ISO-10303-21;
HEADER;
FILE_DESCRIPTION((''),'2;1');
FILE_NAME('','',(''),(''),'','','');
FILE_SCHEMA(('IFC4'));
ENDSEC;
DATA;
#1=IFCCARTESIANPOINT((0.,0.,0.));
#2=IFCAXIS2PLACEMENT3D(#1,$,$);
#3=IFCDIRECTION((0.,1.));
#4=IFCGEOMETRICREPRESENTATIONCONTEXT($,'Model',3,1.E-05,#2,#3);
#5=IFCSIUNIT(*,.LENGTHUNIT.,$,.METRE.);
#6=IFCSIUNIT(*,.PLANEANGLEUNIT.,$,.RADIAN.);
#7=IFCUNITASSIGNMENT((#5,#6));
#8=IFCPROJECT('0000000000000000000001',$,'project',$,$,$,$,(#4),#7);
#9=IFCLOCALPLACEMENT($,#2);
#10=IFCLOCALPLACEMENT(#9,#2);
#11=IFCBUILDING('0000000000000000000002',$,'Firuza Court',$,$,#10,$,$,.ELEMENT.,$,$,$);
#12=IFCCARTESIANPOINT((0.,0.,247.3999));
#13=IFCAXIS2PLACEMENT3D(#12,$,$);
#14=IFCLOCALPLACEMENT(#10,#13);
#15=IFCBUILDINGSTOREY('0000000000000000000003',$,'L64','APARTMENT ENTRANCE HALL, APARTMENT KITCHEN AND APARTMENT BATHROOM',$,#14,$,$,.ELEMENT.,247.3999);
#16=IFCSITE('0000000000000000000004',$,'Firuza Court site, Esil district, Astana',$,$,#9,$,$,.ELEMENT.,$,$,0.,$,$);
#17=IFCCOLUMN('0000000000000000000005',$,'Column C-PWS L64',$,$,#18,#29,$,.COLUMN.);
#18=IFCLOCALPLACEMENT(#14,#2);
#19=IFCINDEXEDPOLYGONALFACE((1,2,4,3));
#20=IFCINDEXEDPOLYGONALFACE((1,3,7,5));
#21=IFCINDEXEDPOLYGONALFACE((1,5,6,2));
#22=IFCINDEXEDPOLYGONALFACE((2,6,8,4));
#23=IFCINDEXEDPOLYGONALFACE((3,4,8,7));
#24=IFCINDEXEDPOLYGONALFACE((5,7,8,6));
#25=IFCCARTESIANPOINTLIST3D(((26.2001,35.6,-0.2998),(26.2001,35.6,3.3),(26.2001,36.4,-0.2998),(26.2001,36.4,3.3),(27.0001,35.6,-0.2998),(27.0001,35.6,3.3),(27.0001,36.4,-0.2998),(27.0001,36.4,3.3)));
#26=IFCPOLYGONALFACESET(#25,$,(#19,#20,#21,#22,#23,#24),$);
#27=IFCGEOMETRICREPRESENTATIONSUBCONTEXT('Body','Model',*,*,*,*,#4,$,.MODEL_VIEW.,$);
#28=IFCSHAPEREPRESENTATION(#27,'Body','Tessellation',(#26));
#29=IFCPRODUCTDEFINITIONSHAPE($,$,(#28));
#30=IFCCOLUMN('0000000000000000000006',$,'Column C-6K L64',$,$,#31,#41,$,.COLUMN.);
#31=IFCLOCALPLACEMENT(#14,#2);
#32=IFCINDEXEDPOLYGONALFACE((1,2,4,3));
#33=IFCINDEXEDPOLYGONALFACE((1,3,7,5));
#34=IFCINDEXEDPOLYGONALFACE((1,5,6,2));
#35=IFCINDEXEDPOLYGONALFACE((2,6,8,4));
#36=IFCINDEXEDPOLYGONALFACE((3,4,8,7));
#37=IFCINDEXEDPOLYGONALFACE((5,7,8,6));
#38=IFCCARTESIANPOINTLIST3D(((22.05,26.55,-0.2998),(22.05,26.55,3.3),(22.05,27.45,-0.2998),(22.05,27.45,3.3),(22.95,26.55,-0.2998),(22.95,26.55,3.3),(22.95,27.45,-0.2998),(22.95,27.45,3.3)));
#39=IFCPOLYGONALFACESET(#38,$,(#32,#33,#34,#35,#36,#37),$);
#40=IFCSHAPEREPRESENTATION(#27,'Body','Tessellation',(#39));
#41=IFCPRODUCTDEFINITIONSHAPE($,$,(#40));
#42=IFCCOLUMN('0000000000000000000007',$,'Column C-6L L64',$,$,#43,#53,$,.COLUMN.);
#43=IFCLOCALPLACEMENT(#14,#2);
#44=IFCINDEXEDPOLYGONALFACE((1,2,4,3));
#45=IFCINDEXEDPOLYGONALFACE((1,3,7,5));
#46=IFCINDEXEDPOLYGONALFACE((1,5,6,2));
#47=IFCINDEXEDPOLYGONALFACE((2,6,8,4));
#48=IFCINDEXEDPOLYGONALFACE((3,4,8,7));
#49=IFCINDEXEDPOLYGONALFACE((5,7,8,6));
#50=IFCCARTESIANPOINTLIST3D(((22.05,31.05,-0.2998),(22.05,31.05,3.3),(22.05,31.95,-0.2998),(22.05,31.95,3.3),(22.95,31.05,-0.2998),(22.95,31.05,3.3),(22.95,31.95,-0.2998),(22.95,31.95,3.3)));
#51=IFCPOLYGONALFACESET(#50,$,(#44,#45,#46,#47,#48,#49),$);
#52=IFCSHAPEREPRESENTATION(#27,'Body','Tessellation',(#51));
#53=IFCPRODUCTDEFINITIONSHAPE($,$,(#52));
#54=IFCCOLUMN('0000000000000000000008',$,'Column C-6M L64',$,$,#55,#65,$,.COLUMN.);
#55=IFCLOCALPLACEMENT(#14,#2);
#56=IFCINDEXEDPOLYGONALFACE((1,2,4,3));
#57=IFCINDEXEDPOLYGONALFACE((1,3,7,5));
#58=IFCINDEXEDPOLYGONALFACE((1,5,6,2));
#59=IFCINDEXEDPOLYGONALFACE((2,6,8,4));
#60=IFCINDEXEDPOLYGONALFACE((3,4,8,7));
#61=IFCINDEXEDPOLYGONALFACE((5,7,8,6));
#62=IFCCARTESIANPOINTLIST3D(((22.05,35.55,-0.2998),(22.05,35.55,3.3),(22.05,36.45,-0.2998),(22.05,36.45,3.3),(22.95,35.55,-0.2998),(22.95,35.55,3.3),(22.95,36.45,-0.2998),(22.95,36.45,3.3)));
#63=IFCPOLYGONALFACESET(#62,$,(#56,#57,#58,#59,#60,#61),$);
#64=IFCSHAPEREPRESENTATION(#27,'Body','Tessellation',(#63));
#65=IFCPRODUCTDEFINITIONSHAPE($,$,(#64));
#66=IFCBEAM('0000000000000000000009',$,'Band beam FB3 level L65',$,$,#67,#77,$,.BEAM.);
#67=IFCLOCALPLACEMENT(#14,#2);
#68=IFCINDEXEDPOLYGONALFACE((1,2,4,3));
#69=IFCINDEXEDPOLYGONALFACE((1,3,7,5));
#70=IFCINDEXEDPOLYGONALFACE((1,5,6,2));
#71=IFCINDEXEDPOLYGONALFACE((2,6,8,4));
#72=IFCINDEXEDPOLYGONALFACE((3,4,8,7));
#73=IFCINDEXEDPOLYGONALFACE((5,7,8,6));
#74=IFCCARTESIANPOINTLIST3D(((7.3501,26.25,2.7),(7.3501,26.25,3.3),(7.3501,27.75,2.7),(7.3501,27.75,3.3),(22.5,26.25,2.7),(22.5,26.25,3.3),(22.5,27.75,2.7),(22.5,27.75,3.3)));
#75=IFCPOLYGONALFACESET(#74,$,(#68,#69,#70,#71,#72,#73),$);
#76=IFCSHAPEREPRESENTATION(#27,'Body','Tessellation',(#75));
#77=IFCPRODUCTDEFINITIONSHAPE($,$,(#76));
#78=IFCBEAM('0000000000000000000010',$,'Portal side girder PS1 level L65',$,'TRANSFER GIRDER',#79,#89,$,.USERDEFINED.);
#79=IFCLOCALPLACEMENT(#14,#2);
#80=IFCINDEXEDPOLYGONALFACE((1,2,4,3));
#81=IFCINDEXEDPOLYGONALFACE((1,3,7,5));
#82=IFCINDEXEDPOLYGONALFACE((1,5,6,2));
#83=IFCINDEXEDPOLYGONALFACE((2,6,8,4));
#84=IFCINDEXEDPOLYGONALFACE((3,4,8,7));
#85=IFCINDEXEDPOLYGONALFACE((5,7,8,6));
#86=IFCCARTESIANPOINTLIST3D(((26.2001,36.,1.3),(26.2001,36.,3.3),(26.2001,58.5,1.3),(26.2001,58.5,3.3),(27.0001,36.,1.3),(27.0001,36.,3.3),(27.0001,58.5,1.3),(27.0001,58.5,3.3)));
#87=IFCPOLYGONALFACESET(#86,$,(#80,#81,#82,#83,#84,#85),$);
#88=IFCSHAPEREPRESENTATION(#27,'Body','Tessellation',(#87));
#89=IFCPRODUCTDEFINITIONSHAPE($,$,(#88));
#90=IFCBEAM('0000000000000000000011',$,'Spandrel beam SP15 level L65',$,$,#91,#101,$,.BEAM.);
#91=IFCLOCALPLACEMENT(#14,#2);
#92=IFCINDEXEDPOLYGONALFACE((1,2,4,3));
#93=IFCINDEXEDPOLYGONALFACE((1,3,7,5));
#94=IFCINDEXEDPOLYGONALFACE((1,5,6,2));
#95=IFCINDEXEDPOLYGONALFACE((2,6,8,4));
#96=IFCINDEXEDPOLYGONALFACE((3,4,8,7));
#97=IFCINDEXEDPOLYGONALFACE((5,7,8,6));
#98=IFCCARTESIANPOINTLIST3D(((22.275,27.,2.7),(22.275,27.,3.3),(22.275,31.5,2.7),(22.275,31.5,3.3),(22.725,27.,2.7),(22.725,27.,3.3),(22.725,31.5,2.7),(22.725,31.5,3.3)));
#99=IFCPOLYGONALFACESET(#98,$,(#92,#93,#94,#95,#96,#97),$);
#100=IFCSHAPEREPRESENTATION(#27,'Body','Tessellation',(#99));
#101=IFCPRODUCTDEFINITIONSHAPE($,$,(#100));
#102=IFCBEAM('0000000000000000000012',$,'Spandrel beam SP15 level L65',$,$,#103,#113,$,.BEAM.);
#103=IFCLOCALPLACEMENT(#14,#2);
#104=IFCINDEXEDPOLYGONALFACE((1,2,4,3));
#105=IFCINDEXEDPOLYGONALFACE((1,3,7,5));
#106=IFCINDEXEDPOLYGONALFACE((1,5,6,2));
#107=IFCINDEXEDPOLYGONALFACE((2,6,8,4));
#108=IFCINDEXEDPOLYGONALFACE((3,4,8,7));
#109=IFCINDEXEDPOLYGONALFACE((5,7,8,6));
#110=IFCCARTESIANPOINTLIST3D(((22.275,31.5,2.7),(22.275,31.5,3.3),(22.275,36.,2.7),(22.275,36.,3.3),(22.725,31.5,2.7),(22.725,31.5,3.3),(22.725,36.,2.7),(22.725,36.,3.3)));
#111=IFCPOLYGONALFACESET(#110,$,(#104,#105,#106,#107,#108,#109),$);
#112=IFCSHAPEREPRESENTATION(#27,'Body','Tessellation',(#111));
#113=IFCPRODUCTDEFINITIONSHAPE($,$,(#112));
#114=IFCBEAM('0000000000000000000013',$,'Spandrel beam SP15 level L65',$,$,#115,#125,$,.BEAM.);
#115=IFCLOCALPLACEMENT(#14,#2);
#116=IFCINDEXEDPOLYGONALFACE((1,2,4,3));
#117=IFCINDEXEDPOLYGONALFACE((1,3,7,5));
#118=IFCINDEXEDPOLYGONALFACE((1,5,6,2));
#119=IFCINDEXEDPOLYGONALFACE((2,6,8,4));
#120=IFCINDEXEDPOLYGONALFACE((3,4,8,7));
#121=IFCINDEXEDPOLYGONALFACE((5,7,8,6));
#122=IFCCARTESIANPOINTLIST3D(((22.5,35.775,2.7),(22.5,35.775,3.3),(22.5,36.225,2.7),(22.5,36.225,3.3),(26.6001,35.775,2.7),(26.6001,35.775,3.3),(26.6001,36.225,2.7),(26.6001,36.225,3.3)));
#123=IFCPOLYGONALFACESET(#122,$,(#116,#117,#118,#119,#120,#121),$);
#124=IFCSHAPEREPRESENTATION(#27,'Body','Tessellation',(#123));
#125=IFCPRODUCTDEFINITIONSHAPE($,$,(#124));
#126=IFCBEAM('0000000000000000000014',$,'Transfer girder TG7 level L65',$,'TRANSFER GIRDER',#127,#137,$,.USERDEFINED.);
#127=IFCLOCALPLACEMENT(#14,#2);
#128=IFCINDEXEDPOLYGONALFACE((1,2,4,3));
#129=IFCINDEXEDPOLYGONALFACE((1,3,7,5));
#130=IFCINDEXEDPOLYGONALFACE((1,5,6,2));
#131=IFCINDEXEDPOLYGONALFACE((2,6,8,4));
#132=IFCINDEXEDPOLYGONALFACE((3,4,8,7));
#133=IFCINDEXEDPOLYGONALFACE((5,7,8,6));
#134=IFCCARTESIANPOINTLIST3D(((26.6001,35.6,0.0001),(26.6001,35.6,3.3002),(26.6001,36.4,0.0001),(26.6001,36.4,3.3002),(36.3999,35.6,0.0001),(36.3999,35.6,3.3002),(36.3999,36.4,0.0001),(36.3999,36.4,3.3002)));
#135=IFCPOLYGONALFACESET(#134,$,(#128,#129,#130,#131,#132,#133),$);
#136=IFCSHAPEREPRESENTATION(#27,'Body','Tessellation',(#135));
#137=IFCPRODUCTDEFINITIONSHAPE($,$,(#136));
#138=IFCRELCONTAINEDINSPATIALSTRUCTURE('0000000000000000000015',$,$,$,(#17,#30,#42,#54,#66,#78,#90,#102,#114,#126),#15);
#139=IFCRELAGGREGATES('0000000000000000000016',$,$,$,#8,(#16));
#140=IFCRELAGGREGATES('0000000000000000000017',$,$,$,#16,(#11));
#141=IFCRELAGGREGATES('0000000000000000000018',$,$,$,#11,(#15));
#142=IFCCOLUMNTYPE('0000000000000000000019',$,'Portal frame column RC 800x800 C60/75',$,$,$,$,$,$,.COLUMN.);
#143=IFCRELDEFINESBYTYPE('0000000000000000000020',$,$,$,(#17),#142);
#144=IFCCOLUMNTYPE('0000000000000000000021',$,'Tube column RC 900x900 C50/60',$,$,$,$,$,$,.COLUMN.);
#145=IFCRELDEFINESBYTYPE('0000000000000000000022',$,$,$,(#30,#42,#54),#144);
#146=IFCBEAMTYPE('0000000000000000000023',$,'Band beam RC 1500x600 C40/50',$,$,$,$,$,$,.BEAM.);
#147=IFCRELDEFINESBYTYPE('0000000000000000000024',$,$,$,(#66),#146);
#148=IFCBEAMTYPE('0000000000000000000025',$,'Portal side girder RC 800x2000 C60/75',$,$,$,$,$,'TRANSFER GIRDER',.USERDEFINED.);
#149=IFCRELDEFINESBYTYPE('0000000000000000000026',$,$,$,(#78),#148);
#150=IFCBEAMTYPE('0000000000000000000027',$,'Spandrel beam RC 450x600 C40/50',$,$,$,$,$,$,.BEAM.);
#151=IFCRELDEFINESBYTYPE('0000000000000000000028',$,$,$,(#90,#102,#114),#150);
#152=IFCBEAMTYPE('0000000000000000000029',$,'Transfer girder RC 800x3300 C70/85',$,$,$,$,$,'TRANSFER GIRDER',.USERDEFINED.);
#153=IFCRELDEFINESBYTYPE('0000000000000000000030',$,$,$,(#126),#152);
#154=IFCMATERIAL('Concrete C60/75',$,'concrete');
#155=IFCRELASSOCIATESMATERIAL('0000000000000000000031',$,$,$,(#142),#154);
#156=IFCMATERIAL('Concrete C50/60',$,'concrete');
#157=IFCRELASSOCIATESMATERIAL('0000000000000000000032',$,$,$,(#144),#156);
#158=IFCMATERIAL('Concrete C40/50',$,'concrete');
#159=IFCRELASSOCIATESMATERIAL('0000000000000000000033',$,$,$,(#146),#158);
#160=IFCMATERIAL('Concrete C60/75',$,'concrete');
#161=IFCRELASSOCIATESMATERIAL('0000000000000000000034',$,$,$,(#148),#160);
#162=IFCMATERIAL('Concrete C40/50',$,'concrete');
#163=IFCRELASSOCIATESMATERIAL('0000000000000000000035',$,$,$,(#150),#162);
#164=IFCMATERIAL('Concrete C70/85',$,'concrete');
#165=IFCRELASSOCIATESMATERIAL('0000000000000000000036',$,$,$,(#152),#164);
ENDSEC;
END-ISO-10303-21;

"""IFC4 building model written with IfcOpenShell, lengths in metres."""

from ifc_helpers import new_model, si_unit, direction, frame, origin, origin_2d, place, context, subcontext, project, spatial, rectangle, extrude, material, material_profile, profile_set, type_object, element, save


model = new_model("IFC4")

# Units and contexts
model_context = context("Model", 3, precision=1e-05, world=origin(), true_north=direction((0.0, 1.0)))
body_context = subcontext(model_context, "Body", "Model", "MODEL_VIEW")
ifc_project = project(units=[si_unit("LENGTHUNIT", "METRE"), si_unit("PLANEANGLEUNIT", "RADIAN")], contexts=[model_context])

# Site, building, storey
site_placement = place(None, origin())
site = spatial("IfcSite", under=ifc_project, at=site_placement, Name="Firuza Court site, Esil district, Astana", CompositionType="ELEMENT", RefElevation=0.0)
building_placement = place(site_placement, origin())
building = spatial("IfcBuilding", under=site, at=building_placement, Name="Firuza Court", CompositionType="ELEMENT")
storey_placement = place(building_placement, frame((0.0, 0.0, 247.3999)))
storey = spatial("IfcBuildingStorey", under=building, at=storey_placement, Name="L64", Description="APARTMENT ENTRANCE HALL, APARTMENT KITCHEN AND APARTMENT BATHROOM", CompositionType="ELEMENT", Elevation=247.3999)

# Columns
ifc_material_1 = material(Name="Concrete C60/75", Category="concrete")
ifc_material_profile_1 = material_profile(ifc_material_1, rectangle(XDim=0.8, YDim=0.8, at=origin_2d()), Name="RC 800x800")
ifc_profile_set_1 = profile_set([ifc_material_profile_1], Name="Concrete C60/75")
column_type_1 = type_object("IfcColumnType", Name="Portal frame column RC 800x800 C60/75", PredefinedType="COLUMN", material=ifc_profile_set_1)
column_placement = place(storey_placement, frame((26.6001, 36.0, -0.2998), z_axis=(0.0, 0.0, 1.0), x_axis=(1.0, 0.0, 0.0)))
element("IfcColumn", 1, at=column_placement, inside=storey, type_object=column_type_1, Name="Column C-PWS L64", PredefinedType="COLUMN", context=body_context, shape_type="SweptSolid", body=[
    extrude(rectangle(XDim=0.8, YDim=0.8, at=origin_2d()), origin(), (0.0, 0.0, 1.0), 3.5999),
])
ifc_material_2 = material(Name="Concrete C50/60", Category="concrete")
ifc_material_profile_2 = material_profile(ifc_material_2, rectangle(XDim=0.8999, YDim=0.8999, at=origin_2d()), Name="RC 900x900")
ifc_profile_set_2 = profile_set([ifc_material_profile_2], Name="Concrete C50/60")
column_type_2 = type_object("IfcColumnType", Name="Tube column RC 900x900 C50/60", PredefinedType="COLUMN", material=ifc_profile_set_2)
for number, where, z_axis, x_axis, name in (
    (2, (22.5, 27.0, -0.2998), (0.0, 0.0, 1.0), (1.0, 0.0, 0.0), "Column C-6K L64"),
    (3, (22.5, 31.5, -0.2998), (0.0, 0.0, 1.0), (1.0, 0.0, 0.0), "Column C-6L L64"),
    (4, (22.5, 36.0, -0.2998), (0.0, 0.0, 1.0), (1.0, 0.0, 0.0), "Column C-6M L64"),
):
    element("IfcColumn", number, at=place(storey_placement, frame(where, z_axis=z_axis, x_axis=x_axis)), inside=storey, type_object=column_type_2, Name=name, PredefinedType="COLUMN", context=body_context, shape_type="SweptSolid", body=[
        extrude(rectangle(XDim=0.8999, YDim=0.8999, at=origin_2d()), origin(), (0.0, 0.0, 1.0), 3.5999),
    ])

# Beams
ifc_material_3 = material(Name="Concrete C40/50", Category="concrete")
ifc_material_profile_3 = material_profile(ifc_material_3, rectangle(XDim=1.5, YDim=0.6001, at=origin_2d()), Name="RC 1500x600")
ifc_profile_set_3 = profile_set([ifc_material_profile_3], Name="Concrete C40/50")
beam_type_1 = type_object("IfcBeamType", Name="Band beam RC 1500x600 C40/50", PredefinedType="BEAM", material=ifc_profile_set_3)
beam_1_placement = place(storey_placement, frame((22.5, 27.0, 3.0), z_axis=(-1.0, 0.0, 0.0), x_axis=(0.0, -1.0, 0.0)))
element("IfcBeam", 5, at=beam_1_placement, inside=storey, type_object=beam_type_1, Name="Band beam FB3 level L65", PredefinedType="BEAM", context=body_context, shape_type="SweptSolid", body=[
    extrude(rectangle(XDim=1.5, YDim=0.6001, at=origin_2d()), origin(), (0.0, 0.0, 1.0), 15.1499),
])
ifc_material_4 = material(Name="Concrete C60/75", Category="concrete")
ifc_material_profile_4 = material_profile(ifc_material_4, rectangle(XDim=0.8, YDim=2.0, at=origin_2d()), Name="RC 800x2000")
ifc_profile_set_4 = profile_set([ifc_material_profile_4], Name="Concrete C60/75")
beam_type_2 = type_object("IfcBeamType", Name="Portal side girder RC 800x2000 C60/75", ElementType="TRANSFER GIRDER", PredefinedType="USERDEFINED", material=ifc_profile_set_4)
beam_2_placement = place(storey_placement, frame((26.6001, 36.0, 2.3), z_axis=(0.0, 1.0, 0.0), x_axis=(-1.0, 0.0, 0.0)))
element("IfcBeam", 6, at=beam_2_placement, inside=storey, type_object=beam_type_2, Name="Portal side girder PS1 level L65", ObjectType="TRANSFER GIRDER", PredefinedType="USERDEFINED", context=body_context, shape_type="SweptSolid", body=[
    extrude(rectangle(XDim=0.8, YDim=2.0, at=origin_2d()), origin(), (0.0, 0.0, 1.0), 22.5),
])
ifc_material_5 = material(Name="Concrete C40/50", Category="concrete")
ifc_material_profile_5 = material_profile(ifc_material_5, rectangle(XDim=0.45, YDim=0.6001, at=origin_2d()), Name="RC 450x600")
ifc_profile_set_5 = profile_set([ifc_material_profile_5], Name="Concrete C40/50")
beam_type_3 = type_object("IfcBeamType", Name="Spandrel beam RC 450x600 C40/50", PredefinedType="BEAM", material=ifc_profile_set_5)
for number, where, z_axis, x_axis, name in (
    (7, (22.5, 27.0, 3.0), (0.0, 1.0, 0.0), (-1.0, 0.0, 0.0), "Spandrel beam SP15 level L65"),
    (8, (22.5, 31.5, 3.0), (0.0, 1.0, 0.0), (-1.0, 0.0, 0.0), "Spandrel beam SP15 level L65"),
):
    element("IfcBeam", number, at=place(storey_placement, frame(where, z_axis=z_axis, x_axis=x_axis)), inside=storey, type_object=beam_type_3, Name=name, PredefinedType="BEAM", context=body_context, shape_type="SweptSolid", body=[
        extrude(rectangle(XDim=0.45, YDim=0.6001, at=origin_2d()), origin(), (0.0, 0.0, 1.0), 4.5),
    ])
beam_3_placement = place(storey_placement, frame((22.5, 36.0, 3.0), z_axis=(1.0, 0.0, 0.0), x_axis=(0.0, 1.0, 0.0)))
element("IfcBeam", 9, at=beam_3_placement, inside=storey, type_object=beam_type_3, Name="Spandrel beam SP15 level L65", PredefinedType="BEAM", context=body_context, shape_type="SweptSolid", body=[
    extrude(rectangle(XDim=0.45, YDim=0.6001, at=origin_2d()), origin(), (0.0, 0.0, 1.0), 4.1001),
])
ifc_material_6 = material(Name="Concrete C70/85", Category="concrete")
ifc_material_profile_6 = material_profile(ifc_material_6, rectangle(XDim=0.8, YDim=3.3, at=origin_2d()), Name="RC 800x3300")
ifc_profile_set_6 = profile_set([ifc_material_profile_6], Name="Concrete C70/85")
beam_type_4 = type_object("IfcBeamType", Name="Transfer girder RC 800x3300 C70/85", ElementType="TRANSFER GIRDER", PredefinedType="USERDEFINED", material=ifc_profile_set_6)
beam_4_placement = place(storey_placement, frame((26.6001, 36.0, 1.6501), z_axis=(1.0, 0.0, 0.0), x_axis=(0.0, 1.0, 0.0)))
element("IfcBeam", 10, at=beam_4_placement, inside=storey, type_object=beam_type_4, Name="Transfer girder TG7 level L65", ObjectType="TRANSFER GIRDER", PredefinedType="USERDEFINED", context=body_context, shape_type="SweptSolid", body=[
    extrude(rectangle(XDim=0.8, YDim=3.3, at=origin_2d()), origin(), (0.0, 0.0, 1.0), 9.7998),
])

save(model, "model.ifc")
